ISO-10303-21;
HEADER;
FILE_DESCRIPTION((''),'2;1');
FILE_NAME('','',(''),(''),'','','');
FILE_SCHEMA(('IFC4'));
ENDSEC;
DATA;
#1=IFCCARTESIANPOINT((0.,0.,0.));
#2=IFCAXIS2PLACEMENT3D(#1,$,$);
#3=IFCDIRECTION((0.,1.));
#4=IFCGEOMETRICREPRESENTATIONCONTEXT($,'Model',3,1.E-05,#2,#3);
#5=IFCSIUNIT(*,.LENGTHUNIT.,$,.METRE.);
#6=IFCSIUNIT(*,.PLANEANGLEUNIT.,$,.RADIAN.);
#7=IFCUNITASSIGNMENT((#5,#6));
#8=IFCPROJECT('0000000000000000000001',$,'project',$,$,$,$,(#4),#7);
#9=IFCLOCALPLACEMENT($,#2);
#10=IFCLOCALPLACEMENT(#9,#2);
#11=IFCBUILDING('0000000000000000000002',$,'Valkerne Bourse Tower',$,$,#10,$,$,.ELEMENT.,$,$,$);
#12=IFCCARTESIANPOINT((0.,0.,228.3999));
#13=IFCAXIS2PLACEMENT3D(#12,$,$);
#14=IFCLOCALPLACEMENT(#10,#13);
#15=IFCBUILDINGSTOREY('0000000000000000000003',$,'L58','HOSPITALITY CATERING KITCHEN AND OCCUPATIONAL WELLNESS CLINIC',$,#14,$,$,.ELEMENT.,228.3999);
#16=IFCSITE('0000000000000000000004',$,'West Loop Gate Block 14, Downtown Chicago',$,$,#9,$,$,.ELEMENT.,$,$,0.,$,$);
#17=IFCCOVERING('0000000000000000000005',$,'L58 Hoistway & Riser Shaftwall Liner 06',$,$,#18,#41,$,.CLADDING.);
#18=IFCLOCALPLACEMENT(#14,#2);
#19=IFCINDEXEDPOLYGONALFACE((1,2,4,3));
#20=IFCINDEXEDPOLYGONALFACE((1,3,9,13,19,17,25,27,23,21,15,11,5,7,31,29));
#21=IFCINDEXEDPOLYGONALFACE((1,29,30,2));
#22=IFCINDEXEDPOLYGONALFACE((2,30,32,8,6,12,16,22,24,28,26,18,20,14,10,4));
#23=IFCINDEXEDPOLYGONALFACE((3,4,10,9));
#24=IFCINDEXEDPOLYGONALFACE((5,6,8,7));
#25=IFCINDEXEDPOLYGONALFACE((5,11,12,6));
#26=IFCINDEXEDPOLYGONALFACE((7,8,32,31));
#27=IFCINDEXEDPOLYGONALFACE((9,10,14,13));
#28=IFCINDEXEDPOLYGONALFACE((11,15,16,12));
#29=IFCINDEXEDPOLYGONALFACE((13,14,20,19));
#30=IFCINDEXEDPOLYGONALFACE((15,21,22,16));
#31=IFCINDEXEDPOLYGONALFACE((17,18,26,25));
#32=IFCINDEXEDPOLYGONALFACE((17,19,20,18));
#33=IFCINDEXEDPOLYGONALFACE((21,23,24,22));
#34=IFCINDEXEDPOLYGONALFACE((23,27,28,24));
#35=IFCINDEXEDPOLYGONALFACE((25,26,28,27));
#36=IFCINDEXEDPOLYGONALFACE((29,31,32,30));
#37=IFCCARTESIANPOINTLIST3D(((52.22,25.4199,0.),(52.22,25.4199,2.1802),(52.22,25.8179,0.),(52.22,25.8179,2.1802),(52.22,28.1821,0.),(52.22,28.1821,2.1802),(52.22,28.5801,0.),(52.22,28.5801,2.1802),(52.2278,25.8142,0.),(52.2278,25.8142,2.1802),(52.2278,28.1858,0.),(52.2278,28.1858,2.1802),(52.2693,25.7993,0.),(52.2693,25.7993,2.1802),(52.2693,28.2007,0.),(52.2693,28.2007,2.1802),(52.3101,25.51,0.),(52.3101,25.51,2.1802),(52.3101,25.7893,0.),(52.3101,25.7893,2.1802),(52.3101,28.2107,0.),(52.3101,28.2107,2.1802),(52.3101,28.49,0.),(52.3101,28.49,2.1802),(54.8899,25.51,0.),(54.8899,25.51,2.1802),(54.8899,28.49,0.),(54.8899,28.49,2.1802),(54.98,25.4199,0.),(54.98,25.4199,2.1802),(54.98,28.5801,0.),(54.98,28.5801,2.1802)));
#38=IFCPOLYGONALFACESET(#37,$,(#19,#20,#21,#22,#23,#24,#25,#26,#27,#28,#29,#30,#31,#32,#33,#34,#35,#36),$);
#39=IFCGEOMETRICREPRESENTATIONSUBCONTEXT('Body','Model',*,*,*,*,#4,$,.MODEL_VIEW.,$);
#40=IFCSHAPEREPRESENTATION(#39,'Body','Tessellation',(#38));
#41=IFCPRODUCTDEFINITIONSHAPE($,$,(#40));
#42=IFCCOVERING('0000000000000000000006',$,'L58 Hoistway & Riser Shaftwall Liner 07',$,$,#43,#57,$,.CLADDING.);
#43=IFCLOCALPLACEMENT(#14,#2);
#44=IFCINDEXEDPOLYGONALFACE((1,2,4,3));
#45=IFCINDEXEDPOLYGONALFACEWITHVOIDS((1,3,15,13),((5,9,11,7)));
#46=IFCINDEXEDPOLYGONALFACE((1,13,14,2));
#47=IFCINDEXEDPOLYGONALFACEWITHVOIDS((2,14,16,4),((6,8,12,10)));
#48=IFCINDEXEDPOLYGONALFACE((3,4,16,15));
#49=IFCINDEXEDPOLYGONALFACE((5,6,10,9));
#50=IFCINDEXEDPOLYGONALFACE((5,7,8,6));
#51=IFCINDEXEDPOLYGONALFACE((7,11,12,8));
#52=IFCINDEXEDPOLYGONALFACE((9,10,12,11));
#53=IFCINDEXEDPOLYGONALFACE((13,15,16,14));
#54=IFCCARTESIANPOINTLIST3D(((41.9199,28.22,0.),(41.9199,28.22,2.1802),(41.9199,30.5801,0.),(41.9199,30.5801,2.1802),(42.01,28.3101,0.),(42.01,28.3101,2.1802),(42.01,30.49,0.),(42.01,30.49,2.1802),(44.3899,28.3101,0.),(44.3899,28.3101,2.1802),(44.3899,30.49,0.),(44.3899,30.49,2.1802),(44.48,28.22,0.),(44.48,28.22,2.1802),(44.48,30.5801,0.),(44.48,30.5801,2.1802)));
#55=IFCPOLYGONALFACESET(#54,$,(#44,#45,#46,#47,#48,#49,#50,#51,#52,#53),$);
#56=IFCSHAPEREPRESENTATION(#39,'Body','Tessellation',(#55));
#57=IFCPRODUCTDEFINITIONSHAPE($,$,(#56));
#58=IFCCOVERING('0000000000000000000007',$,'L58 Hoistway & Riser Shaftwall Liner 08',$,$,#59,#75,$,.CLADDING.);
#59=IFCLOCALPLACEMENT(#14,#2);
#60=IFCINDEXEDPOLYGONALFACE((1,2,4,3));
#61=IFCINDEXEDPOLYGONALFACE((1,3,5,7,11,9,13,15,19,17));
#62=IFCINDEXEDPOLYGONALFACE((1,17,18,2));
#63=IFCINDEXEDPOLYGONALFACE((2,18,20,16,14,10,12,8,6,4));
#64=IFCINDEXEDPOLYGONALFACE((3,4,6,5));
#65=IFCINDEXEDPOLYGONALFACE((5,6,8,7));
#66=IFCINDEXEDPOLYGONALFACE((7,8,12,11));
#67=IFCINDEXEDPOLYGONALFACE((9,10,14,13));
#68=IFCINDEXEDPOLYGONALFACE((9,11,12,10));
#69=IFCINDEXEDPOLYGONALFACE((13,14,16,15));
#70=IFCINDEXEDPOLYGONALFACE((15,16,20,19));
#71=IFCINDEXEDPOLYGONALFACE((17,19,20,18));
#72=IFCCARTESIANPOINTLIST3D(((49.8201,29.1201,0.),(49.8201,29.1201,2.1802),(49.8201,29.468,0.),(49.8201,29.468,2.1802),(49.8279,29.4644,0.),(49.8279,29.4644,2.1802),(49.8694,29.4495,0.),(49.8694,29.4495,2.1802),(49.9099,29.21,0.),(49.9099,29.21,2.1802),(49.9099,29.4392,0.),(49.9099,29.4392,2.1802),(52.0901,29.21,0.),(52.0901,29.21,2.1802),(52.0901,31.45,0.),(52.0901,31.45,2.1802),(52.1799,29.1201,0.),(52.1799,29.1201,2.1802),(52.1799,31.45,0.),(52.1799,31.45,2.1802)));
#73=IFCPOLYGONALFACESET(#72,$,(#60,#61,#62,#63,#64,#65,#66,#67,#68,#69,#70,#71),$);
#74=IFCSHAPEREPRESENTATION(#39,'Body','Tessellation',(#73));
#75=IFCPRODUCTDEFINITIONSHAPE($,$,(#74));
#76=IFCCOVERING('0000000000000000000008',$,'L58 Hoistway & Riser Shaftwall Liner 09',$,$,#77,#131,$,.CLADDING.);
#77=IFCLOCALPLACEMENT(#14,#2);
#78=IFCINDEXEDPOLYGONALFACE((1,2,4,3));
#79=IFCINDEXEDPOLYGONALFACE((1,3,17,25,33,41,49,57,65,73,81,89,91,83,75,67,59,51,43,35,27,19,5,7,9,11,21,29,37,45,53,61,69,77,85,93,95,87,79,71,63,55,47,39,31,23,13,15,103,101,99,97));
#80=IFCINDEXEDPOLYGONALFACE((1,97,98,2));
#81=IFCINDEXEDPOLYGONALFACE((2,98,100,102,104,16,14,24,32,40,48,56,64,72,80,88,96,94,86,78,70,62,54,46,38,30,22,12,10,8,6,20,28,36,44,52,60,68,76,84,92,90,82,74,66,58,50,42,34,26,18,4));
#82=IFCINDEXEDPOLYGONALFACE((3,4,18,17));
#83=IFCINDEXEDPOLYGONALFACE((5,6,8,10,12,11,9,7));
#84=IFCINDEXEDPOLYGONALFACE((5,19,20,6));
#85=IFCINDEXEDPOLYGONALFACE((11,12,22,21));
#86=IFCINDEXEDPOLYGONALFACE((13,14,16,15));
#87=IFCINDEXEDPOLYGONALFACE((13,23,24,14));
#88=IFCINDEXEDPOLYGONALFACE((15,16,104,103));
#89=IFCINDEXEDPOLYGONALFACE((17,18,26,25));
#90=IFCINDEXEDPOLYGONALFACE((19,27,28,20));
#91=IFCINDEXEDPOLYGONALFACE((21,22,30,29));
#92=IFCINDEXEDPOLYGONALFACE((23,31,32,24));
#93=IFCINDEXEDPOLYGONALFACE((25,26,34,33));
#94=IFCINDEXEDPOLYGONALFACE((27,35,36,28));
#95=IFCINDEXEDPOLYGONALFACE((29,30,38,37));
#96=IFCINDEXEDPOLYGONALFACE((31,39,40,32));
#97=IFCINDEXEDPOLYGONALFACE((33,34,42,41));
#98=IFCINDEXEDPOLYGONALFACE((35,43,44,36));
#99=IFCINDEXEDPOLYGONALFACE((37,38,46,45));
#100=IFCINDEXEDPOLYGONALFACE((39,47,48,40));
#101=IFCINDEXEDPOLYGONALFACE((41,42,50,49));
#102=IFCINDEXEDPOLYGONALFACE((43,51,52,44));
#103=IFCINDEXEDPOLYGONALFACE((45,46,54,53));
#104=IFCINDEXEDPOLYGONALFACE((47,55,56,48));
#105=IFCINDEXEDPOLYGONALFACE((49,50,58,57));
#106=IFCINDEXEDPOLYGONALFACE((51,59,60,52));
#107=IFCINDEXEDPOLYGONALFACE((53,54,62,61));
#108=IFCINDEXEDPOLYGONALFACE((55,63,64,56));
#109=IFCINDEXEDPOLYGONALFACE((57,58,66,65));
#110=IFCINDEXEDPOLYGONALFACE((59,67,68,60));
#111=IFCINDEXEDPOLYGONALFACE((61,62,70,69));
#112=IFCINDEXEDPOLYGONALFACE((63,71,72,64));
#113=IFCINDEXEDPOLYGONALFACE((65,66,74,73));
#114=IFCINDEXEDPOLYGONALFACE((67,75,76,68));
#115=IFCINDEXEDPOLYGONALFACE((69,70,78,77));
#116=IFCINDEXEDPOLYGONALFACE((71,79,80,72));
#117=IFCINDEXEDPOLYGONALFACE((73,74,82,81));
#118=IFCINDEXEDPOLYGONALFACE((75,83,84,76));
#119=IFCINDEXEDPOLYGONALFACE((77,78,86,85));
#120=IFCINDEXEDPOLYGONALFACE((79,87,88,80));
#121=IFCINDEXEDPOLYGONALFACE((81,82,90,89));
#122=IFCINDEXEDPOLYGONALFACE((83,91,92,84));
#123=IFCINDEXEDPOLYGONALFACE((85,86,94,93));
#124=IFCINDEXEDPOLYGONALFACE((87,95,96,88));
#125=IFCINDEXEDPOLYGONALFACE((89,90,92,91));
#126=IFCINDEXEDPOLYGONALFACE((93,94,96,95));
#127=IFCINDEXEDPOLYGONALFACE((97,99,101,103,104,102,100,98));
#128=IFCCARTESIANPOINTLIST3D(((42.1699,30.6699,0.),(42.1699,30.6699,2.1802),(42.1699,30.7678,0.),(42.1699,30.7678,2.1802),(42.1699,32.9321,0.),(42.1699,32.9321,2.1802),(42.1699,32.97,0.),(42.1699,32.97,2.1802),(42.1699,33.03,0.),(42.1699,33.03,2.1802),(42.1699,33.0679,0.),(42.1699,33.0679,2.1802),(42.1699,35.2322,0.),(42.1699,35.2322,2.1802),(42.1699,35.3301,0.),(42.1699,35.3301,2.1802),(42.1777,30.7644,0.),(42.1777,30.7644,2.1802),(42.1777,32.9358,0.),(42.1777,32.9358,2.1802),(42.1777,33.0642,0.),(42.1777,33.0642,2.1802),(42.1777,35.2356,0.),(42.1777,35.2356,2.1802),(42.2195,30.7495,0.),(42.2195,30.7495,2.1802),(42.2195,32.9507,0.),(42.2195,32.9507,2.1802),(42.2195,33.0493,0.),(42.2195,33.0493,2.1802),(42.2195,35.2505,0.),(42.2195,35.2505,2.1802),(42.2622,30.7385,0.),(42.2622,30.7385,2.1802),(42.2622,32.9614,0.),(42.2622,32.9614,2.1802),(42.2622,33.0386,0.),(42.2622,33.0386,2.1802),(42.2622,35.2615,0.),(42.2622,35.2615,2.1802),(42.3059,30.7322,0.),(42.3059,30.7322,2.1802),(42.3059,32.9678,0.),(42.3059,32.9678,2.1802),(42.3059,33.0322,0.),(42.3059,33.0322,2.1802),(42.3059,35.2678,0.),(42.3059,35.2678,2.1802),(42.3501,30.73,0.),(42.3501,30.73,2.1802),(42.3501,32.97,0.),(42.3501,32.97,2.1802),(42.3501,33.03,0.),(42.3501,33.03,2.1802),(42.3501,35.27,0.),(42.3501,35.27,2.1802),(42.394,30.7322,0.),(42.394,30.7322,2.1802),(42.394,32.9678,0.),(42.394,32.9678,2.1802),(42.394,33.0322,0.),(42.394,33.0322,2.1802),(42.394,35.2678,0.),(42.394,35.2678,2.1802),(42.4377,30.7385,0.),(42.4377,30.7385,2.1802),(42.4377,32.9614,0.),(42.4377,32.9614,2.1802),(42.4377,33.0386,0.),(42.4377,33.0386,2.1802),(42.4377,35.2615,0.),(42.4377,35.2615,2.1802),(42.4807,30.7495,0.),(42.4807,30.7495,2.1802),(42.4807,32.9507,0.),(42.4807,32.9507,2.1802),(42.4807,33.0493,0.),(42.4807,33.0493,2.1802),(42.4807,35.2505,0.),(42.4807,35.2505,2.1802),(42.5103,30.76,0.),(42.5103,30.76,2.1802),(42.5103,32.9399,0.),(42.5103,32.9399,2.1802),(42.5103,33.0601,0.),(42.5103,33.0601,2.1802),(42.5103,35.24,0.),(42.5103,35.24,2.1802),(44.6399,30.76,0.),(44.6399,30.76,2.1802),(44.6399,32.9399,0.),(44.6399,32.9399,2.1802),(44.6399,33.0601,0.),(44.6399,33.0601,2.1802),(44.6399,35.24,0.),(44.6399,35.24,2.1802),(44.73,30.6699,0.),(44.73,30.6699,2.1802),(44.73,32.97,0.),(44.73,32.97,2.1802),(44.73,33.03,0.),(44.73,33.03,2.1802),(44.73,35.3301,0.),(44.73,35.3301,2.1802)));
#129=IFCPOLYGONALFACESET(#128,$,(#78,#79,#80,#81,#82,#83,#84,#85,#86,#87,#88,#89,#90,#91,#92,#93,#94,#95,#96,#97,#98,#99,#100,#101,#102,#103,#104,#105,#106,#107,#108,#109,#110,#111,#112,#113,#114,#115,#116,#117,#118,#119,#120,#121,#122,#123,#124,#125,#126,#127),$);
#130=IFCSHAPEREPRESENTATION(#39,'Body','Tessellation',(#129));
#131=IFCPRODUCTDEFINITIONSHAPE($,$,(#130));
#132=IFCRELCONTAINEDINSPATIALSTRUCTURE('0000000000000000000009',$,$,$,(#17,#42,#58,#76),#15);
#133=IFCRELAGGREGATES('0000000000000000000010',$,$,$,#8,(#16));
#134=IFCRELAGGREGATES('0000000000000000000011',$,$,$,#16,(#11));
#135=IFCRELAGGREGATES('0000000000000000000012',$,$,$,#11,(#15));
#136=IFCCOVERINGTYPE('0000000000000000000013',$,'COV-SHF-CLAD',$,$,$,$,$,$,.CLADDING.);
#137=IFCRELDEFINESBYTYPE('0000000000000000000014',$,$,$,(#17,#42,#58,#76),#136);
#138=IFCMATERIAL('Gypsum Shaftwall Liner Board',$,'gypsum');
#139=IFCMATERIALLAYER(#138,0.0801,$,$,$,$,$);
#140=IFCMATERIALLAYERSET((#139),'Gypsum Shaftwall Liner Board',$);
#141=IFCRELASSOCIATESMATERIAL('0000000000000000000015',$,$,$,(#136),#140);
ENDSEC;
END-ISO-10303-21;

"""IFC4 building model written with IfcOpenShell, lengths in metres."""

from ifc_helpers import new_model, si_unit, direction, frame, origin, place, context, subcontext, project, spatial, polyline, outline, extrude, material, layer, layer_set, type_object, element, save


model = new_model("IFC4")

# Units and contexts
model_context = context("Model", 3, precision=1e-05, world=origin(), true_north=direction((0.0, 1.0)))
body_context = subcontext(model_context, "Body", "Model", "MODEL_VIEW")
ifc_project = project(units=[si_unit("LENGTHUNIT", "METRE"), si_unit("PLANEANGLEUNIT", "RADIAN")], contexts=[model_context])

# Site, building, storey
site_placement = place(None, origin())
site = spatial("IfcSite", under=ifc_project, at=site_placement, Name="West Loop Gate Block 14, Downtown Chicago", CompositionType="ELEMENT", RefElevation=0.0)
building_placement = place(site_placement, origin())
building = spatial("IfcBuilding", under=site, at=building_placement, Name="Valkerne Bourse Tower", CompositionType="ELEMENT")
storey_placement = place(building_placement, frame((0.0, 0.0, 228.3999)))
storey = spatial("IfcBuildingStorey", under=building, at=storey_placement, Name="L58", Description="HOSPITALITY CATERING KITCHEN AND OCCUPATIONAL WELLNESS CLINIC", CompositionType="ELEMENT", Elevation=228.3999)

# Coverings
ifc_material_1 = material(Name="Gypsum Shaftwall Liner Board", Category="gypsum")
ifc_layer_1 = layer(ifc_material_1, 0.0801)
ifc_layer_set_1 = layer_set([ifc_layer_1], Name="Gypsum Shaftwall Liner Board")
covering_type_1 = type_object("IfcCoveringType", Name="COV-SHF-CLAD", PredefinedType="CLADDING", material=ifc_layer_set_1)
covering_1_placement = place(storey_placement, origin())
element("IfcCovering", 1, at=covering_1_placement, inside=storey, type_object=covering_type_1, Name="L58 Hoistway & Riser Shaftwall Liner 06", PredefinedType="CLADDING", context=body_context, shape_type="SweptSolid", body=[
    extrude(outline(polyline([(54.98, 25.4199), (52.22, 25.4199), (52.22, 25.8179), (52.2278, 25.8142), (52.2693, 25.7993), (52.3101, 25.7893), (52.3101, 25.51), (54.8899, 25.51), (54.8899, 28.49), (52.3101, 28.49), (52.3101, 28.2107), (52.2693, 28.2007), (52.2278, 28.1858), (52.22, 28.1821), (52.22, 28.5801), (54.98, 28.5801), (54.98, 25.4199)])), origin(), (0.0, 0.0, 1.0), 2.1802),
])
covering_2_placement = place(storey_placement, origin())
element("IfcCovering", 2, at=covering_2_placement, inside=storey, type_object=covering_type_1, Name="L58 Hoistway & Riser Shaftwall Liner 07", PredefinedType="CLADDING", context=body_context, shape_type="SweptSolid", body=[
    extrude(outline(polyline([(44.48, 28.22), (41.9199, 28.22), (41.9199, 30.5801), (44.48, 30.5801), (44.48, 28.22)]), holes=[polyline([(42.01, 30.49), (42.01, 28.3101), (44.3899, 28.3101), (44.3899, 30.49), (42.01, 30.49)])]), origin(), (0.0, 0.0, 1.0), 2.1802),
])
covering_3_placement = place(storey_placement, origin())
element("IfcCovering", 3, at=covering_3_placement, inside=storey, type_object=covering_type_1, Name="L58 Hoistway & Riser Shaftwall Liner 08", PredefinedType="CLADDING", context=body_context, shape_type="SweptSolid", body=[
    extrude(outline(polyline([(49.8201, 29.1201), (49.8201, 29.468), (49.8279, 29.4644), (49.8694, 29.4495), (49.9099, 29.4392), (49.9099, 29.21), (52.0901, 29.21), (52.0901, 31.45), (52.1799, 31.45), (52.1799, 29.1201), (49.8201, 29.1201)])), origin(), (0.0, 0.0, 1.0), 2.1802),
])
covering_4_placement = place(storey_placement, origin())
element("IfcCovering", 4, at=covering_4_placement, inside=storey, type_object=covering_type_1, Name="L58 Hoistway & Riser Shaftwall Liner 09", PredefinedType="CLADDING", context=body_context, shape_type="SweptSolid", body=[
    extrude(outline(polyline([(42.1699, 33.0679), (42.1777, 33.0642), (42.2195, 33.0493), (42.2622, 33.0386), (42.3059, 33.0322), (42.3501, 33.03), (42.394, 33.0322), (42.4377, 33.0386), (42.4807, 33.0493), (42.5103, 33.0601), (44.6399, 33.0601), (44.6399, 35.24), (42.5103, 35.24), (42.4807, 35.2505), (42.4377, 35.2615), (42.394, 35.2678), (42.3501, 35.27), (42.3059, 35.2678), (42.2622, 35.2615), (42.2195, 35.2505), (42.1777, 35.2356), (42.1699, 35.2322), (42.1699, 35.3301), (44.73, 35.3301), (44.73, 33.03), (44.73, 32.97), (44.73, 30.6699), (42.1699, 30.6699), (42.1699, 30.7678), (42.1777, 30.7644), (42.2195, 30.7495), (42.2622, 30.7385), (42.3059, 30.7322), (42.3501, 30.73), (42.394, 30.7322), (42.4377, 30.7385), (42.4807, 30.7495), (42.5103, 30.76), (44.6399, 30.76), (44.6399, 32.9399), (42.5103, 32.9399), (42.4807, 32.9507), (42.4377, 32.9614), (42.394, 32.9678), (42.3501, 32.97), (42.3059, 32.9678), (42.2622, 32.9614), (42.2195, 32.9507), (42.1777, 32.9358), (42.1699, 32.9321), (42.1699, 32.97), (42.1699, 33.03), (42.1699, 33.0679)])), origin(), (0.0, 0.0, 1.0), 2.1802),
])

save(model, "model.ifc")
